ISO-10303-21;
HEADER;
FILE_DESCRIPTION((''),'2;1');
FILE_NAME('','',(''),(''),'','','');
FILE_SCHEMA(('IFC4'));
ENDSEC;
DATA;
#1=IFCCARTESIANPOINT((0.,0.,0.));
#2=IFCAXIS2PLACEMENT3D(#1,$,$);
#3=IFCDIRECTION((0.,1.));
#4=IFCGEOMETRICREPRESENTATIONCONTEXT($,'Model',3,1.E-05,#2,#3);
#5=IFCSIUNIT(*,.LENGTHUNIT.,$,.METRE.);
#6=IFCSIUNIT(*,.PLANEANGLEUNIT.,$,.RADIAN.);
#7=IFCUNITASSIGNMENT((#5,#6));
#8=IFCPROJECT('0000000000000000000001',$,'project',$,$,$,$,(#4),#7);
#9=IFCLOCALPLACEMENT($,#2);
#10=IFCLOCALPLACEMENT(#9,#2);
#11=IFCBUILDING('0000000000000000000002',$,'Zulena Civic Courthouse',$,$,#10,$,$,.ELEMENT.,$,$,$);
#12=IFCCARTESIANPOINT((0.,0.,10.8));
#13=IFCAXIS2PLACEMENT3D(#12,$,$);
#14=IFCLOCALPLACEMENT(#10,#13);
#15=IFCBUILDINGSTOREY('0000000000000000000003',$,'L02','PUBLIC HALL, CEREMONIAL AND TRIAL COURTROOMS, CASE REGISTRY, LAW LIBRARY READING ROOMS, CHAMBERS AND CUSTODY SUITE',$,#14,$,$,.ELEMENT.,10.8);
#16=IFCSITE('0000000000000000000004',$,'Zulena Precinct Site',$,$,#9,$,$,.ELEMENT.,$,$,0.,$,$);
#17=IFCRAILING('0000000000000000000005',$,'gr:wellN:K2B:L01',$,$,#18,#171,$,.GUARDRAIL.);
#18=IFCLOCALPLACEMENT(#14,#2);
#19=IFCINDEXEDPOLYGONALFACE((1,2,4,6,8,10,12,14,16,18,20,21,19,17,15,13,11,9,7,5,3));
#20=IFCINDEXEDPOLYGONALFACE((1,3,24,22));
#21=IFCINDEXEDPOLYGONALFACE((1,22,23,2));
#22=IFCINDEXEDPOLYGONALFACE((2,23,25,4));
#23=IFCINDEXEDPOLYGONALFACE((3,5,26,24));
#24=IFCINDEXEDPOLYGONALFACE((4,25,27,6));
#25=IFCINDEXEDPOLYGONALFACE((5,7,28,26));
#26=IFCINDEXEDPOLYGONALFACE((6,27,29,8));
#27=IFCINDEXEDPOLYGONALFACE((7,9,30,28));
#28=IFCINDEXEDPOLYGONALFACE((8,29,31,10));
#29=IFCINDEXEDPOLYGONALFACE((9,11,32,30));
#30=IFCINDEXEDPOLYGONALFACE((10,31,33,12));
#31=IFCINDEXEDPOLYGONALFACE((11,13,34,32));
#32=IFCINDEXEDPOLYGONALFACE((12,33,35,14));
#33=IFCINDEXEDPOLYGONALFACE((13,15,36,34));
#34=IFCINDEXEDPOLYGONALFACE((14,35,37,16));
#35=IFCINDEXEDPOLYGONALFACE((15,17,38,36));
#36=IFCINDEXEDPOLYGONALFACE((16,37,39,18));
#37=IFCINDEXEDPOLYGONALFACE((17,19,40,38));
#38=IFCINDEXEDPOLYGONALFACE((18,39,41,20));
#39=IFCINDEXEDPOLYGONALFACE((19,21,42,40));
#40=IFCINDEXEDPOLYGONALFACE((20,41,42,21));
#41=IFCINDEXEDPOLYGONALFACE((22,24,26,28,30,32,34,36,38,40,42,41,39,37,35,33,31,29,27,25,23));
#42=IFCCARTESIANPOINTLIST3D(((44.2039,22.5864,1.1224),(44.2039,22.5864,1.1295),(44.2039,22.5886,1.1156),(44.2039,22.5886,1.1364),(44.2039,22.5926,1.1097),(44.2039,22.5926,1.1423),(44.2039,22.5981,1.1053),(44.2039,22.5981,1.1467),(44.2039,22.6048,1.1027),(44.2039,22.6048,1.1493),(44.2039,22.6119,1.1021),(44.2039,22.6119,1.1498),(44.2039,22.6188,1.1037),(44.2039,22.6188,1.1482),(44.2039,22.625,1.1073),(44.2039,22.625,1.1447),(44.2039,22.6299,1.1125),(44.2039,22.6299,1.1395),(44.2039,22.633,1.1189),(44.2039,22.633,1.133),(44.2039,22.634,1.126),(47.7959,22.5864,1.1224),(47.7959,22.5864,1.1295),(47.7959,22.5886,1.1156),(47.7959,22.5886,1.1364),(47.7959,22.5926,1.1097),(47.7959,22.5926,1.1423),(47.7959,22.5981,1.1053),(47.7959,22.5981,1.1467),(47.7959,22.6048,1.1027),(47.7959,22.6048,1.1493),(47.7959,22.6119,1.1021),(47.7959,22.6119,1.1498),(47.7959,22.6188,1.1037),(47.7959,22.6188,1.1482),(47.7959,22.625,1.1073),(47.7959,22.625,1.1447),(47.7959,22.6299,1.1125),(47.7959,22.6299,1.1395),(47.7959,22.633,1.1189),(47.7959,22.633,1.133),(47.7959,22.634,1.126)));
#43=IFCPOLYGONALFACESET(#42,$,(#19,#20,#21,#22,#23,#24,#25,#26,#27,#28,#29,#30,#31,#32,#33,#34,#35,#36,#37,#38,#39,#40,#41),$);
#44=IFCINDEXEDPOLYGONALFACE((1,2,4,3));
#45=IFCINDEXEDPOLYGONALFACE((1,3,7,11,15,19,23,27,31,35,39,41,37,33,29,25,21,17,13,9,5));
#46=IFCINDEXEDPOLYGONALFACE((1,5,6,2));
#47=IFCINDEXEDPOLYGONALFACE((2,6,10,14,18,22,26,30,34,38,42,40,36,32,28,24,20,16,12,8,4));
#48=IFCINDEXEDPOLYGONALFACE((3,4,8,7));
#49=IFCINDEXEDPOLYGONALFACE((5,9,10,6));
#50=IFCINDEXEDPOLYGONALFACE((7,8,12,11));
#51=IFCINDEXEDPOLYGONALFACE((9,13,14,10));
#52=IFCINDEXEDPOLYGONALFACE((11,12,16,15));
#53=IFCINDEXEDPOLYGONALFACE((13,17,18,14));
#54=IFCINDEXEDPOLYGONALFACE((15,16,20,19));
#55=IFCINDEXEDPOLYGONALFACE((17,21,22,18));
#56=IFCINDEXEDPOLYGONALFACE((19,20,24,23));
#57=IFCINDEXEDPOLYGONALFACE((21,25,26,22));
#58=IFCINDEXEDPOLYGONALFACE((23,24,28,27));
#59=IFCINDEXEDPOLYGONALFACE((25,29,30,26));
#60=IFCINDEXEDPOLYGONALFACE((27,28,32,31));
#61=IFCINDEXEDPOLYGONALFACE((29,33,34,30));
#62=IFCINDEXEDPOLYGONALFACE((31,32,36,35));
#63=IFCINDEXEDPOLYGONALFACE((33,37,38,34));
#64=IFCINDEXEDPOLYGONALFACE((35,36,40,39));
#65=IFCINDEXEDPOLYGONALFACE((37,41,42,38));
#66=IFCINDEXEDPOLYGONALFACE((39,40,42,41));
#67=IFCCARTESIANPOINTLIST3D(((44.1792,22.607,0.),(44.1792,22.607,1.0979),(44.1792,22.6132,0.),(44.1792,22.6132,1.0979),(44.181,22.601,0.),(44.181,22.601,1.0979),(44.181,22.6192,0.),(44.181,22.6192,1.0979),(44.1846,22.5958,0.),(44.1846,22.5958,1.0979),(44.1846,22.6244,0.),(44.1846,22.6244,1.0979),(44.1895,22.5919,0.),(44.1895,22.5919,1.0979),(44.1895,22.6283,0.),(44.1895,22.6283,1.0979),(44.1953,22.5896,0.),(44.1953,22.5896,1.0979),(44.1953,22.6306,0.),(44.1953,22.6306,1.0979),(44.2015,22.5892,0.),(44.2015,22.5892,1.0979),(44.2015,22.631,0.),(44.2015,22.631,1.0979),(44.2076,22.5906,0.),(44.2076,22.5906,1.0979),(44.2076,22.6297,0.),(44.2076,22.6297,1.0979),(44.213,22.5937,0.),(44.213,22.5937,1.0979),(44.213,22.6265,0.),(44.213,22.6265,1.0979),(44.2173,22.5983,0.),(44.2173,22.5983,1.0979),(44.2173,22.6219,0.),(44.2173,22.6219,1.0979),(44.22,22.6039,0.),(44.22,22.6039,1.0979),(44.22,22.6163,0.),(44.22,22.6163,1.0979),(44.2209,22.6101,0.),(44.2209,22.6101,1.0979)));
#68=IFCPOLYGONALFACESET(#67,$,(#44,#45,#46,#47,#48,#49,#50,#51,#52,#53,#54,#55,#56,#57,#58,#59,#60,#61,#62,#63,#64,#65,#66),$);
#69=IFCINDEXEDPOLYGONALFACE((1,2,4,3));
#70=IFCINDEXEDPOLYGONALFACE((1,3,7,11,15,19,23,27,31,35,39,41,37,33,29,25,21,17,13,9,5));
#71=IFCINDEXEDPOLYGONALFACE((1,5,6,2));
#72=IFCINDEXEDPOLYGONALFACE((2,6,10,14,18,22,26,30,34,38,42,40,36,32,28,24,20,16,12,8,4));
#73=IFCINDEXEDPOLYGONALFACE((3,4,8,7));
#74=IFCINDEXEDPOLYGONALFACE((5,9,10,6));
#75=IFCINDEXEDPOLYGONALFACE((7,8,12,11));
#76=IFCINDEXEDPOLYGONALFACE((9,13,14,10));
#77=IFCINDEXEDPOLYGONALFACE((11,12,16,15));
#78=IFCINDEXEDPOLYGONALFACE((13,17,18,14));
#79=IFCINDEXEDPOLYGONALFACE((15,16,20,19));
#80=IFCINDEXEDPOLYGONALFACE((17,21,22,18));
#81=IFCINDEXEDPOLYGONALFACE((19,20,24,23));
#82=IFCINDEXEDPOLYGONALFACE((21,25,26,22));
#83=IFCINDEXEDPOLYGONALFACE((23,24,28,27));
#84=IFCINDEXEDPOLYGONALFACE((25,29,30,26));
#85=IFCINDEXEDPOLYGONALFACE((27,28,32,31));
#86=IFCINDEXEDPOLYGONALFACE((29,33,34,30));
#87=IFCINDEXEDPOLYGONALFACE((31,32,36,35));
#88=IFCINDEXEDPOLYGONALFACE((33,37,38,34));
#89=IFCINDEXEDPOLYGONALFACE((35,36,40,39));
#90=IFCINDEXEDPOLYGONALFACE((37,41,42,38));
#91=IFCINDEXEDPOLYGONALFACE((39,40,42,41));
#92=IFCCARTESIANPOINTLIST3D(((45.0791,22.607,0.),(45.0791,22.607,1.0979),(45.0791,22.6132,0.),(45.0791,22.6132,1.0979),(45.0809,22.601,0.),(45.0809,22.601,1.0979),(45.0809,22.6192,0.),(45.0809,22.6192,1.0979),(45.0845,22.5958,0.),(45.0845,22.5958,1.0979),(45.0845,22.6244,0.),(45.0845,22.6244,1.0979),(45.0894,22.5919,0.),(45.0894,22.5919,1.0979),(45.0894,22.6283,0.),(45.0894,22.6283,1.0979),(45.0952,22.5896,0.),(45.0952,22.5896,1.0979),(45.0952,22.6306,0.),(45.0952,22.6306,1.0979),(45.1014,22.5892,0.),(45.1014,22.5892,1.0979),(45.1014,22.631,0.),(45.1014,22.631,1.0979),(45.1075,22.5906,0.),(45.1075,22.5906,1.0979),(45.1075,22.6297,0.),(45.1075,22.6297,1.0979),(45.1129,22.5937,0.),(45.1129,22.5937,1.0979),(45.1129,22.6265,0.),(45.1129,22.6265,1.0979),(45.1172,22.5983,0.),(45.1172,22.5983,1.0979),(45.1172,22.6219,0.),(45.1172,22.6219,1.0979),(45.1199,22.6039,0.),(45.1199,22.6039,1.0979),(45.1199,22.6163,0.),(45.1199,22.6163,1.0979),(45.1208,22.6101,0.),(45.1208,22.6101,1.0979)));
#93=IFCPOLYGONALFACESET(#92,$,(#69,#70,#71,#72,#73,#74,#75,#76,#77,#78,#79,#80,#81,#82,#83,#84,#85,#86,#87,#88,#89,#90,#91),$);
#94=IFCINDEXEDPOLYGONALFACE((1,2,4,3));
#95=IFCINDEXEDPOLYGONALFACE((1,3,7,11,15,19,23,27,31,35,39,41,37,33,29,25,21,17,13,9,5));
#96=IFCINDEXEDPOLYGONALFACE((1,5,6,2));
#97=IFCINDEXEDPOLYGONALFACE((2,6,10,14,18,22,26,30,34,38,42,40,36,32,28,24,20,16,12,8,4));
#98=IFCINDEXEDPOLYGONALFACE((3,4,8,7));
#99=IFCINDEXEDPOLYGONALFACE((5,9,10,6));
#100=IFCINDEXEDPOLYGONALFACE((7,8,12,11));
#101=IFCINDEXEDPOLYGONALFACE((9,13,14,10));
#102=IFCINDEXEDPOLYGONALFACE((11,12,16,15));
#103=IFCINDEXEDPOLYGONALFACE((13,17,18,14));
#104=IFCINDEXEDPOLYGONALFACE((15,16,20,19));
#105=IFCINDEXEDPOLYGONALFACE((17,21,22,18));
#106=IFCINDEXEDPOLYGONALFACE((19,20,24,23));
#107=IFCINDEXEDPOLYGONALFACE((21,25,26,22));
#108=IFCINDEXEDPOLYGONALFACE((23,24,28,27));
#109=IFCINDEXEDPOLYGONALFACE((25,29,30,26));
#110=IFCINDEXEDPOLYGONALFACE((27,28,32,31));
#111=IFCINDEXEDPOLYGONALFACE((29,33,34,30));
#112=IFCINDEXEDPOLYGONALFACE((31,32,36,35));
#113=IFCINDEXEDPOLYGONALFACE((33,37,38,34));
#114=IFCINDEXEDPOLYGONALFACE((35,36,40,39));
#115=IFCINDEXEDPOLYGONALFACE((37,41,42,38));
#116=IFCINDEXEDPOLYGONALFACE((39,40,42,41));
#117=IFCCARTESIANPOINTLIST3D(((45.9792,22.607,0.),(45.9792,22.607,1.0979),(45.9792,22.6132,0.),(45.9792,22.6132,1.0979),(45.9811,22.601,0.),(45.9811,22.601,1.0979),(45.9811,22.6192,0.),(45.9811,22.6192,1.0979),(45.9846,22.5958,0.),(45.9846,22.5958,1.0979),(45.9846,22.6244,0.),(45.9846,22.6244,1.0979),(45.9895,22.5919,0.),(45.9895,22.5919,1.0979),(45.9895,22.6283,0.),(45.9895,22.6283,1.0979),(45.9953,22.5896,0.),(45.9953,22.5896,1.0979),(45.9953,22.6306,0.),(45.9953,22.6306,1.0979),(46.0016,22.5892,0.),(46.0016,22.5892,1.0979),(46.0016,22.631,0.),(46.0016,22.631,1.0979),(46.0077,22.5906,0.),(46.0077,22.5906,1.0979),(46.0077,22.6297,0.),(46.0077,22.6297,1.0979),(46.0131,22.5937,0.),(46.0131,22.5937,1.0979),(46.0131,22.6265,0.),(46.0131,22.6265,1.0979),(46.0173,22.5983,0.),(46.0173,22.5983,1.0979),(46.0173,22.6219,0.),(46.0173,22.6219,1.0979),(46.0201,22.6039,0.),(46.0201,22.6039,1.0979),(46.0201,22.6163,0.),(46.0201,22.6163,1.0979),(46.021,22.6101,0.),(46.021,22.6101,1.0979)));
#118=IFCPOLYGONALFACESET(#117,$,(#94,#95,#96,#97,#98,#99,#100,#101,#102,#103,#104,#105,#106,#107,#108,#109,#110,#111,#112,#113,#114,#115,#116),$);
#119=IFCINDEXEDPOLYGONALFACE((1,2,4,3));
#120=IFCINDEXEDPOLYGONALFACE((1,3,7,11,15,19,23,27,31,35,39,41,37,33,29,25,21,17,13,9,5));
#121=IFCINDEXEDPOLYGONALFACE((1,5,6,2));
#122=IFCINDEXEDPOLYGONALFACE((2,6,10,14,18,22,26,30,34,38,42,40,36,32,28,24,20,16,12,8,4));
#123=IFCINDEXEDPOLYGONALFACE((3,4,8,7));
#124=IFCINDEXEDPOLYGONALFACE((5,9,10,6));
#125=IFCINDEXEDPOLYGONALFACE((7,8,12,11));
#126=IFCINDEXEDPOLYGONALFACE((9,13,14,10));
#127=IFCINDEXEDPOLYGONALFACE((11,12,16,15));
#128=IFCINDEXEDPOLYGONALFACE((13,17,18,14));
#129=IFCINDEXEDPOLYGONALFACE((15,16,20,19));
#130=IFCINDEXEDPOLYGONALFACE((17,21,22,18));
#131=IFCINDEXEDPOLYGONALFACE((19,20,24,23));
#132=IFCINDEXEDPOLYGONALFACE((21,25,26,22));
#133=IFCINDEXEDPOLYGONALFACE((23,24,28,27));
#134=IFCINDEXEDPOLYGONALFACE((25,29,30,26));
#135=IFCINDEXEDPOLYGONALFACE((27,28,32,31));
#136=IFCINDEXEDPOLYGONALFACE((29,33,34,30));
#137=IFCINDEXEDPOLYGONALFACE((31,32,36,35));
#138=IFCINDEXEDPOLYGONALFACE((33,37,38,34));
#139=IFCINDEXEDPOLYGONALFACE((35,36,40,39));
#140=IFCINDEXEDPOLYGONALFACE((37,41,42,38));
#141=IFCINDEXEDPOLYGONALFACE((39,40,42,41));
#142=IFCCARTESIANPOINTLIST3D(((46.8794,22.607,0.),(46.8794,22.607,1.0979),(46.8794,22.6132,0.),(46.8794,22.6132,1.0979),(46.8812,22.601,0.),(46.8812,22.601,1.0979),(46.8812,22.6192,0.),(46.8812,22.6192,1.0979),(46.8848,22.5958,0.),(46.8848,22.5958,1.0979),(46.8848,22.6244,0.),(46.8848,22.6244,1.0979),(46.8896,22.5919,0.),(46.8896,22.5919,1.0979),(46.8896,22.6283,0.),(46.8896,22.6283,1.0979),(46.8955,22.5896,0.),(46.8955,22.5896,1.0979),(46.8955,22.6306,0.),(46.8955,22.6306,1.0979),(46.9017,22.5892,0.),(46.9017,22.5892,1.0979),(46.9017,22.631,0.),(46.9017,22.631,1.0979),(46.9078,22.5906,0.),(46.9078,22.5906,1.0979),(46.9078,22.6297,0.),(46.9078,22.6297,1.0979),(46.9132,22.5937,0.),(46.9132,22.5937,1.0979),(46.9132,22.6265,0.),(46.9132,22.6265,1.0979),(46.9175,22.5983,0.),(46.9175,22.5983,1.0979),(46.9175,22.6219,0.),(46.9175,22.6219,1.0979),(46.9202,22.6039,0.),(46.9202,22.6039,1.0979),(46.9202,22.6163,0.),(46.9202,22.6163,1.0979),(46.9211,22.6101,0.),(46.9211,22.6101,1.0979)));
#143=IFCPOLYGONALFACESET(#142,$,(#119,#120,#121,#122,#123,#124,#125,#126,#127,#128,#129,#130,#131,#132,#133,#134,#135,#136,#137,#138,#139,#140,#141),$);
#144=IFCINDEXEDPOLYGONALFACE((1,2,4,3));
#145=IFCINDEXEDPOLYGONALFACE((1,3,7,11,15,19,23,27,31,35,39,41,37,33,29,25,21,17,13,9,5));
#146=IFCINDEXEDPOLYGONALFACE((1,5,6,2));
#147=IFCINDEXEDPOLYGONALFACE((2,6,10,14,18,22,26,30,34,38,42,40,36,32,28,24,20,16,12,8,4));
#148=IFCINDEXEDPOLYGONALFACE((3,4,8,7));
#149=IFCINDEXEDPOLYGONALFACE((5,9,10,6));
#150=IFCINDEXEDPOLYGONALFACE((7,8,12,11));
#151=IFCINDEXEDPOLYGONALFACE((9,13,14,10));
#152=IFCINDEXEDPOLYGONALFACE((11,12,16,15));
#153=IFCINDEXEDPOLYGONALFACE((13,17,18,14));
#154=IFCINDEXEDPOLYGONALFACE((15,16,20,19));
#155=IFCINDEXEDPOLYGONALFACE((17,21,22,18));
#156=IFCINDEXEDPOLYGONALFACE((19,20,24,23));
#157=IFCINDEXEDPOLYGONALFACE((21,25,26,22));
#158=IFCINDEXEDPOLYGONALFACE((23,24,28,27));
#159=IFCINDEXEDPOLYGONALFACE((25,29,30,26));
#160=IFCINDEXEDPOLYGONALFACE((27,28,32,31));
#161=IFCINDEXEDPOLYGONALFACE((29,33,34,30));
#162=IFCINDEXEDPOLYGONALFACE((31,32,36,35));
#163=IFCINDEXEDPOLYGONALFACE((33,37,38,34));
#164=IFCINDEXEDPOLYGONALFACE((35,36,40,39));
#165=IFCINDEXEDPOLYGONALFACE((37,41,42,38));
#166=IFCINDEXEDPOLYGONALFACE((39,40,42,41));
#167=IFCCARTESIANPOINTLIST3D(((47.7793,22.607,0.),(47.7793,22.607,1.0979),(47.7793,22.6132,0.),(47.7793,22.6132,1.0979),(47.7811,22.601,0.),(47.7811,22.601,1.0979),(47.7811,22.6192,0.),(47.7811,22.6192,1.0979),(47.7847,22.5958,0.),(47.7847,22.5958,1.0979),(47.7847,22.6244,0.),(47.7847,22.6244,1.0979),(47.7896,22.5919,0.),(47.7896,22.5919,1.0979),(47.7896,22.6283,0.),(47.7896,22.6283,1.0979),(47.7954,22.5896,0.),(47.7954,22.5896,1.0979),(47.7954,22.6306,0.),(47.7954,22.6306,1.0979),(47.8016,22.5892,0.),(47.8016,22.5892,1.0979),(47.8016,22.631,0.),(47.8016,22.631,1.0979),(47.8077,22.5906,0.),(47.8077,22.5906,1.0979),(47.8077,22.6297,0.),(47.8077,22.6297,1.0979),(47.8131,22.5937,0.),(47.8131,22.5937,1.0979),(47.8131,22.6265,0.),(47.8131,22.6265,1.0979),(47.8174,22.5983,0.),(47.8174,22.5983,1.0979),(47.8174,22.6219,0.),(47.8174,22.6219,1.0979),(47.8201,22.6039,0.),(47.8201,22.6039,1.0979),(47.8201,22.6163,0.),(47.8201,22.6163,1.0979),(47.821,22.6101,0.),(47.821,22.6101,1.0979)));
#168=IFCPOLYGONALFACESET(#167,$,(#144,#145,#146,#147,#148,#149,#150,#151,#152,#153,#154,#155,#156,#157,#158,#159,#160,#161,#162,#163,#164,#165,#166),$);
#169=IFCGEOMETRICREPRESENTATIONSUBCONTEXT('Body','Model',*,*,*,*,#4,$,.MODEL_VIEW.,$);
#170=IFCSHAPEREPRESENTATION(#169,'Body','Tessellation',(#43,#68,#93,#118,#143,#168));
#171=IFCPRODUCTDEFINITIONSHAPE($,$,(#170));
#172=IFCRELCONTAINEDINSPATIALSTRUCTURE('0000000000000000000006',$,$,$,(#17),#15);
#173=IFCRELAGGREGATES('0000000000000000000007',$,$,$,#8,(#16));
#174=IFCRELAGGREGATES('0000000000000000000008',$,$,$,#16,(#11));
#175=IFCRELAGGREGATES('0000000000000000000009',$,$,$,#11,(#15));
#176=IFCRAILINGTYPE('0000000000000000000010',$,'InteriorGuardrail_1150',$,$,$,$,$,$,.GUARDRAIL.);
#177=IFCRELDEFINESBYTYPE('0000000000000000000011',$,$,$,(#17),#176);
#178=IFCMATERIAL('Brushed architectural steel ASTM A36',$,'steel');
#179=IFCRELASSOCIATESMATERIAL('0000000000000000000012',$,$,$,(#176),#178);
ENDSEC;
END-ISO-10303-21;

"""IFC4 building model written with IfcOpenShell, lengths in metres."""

from ifc_helpers import new_model, si_unit, direction, frame, origin, origin_2d, place, context, subcontext, project, spatial, circle, extrude, material, type_object, element, save


model = new_model("IFC4")

# Units and contexts
model_context = context("Model", 3, precision=1e-05, world=origin(), true_north=direction((0.0, 1.0)))
body_context = subcontext(model_context, "Body", "Model", "MODEL_VIEW")
ifc_project = project(units=[si_unit("LENGTHUNIT", "METRE"), si_unit("PLANEANGLEUNIT", "RADIAN")], contexts=[model_context])

# Site, building, storey
site_placement = place(None, origin())
site = spatial("IfcSite", under=ifc_project, at=site_placement, Name="Zulena Precinct Site", CompositionType="ELEMENT", RefElevation=0.0)
building_placement = place(site_placement, origin())
building = spatial("IfcBuilding", under=site, at=building_placement, Name="Zulena Civic Courthouse", CompositionType="ELEMENT")
storey_placement = place(building_placement, frame((0.0, 0.0, 10.8)))
storey = spatial("IfcBuildingStorey", under=building, at=storey_placement, Name="L02", Description="PUBLIC HALL, CEREMONIAL AND TRIAL COURTROOMS, CASE REGISTRY, LAW LIBRARY READING ROOMS, CHAMBERS AND CUSTODY SUITE", CompositionType="ELEMENT", Elevation=10.8)

# Railing
ifc_material_1 = material(Name="Brushed architectural steel ASTM A36", Category="steel")
railing_type_1 = type_object("IfcRailingType", Name="InteriorGuardrail_1150", PredefinedType="GUARDRAIL", material=ifc_material_1)
railing_1_placement = place(storey_placement, frame((44.2, 22.6101, 0.0)))
element("IfcRailing", 1, at=railing_1_placement, inside=storey, type_object=railing_type_1, Name="gr:wellN:K2B:L01", PredefinedType="GUARDRAIL", context=body_context, shape_type="SweptSolid", body=[
    extrude(circle(Radius=0.0239, at=origin_2d()), frame((0.0039, 0.0, 1.126), z_axis=(1.0, 0.0, 0.0), x_axis=(0.0, 1.0, 0.0)), (0.0, 0.0, 1.0), 3.592),
    extrude(circle(Radius=0.021, at=origin_2d()), origin(), (0.0, 0.0, 1.0), 1.0979),
    extrude(circle(Radius=0.021, at=origin_2d()), frame((0.8999, 0.0, 0.0)), (0.0, 0.0, 1.0), 1.0979),
    extrude(circle(Radius=0.021, at=origin_2d()), frame((1.8, 0.0, 0.0)), (0.0, 0.0, 1.0), 1.0979),
    extrude(circle(Radius=0.021, at=origin_2d()), frame((2.7002, 0.0, 0.0)), (0.0, 0.0, 1.0), 1.0979),
    extrude(circle(Radius=0.021, at=origin_2d()), frame((3.6001, 0.0, 0.0)), (0.0, 0.0, 1.0), 1.0979),
])

save(model, "model.ifc")
